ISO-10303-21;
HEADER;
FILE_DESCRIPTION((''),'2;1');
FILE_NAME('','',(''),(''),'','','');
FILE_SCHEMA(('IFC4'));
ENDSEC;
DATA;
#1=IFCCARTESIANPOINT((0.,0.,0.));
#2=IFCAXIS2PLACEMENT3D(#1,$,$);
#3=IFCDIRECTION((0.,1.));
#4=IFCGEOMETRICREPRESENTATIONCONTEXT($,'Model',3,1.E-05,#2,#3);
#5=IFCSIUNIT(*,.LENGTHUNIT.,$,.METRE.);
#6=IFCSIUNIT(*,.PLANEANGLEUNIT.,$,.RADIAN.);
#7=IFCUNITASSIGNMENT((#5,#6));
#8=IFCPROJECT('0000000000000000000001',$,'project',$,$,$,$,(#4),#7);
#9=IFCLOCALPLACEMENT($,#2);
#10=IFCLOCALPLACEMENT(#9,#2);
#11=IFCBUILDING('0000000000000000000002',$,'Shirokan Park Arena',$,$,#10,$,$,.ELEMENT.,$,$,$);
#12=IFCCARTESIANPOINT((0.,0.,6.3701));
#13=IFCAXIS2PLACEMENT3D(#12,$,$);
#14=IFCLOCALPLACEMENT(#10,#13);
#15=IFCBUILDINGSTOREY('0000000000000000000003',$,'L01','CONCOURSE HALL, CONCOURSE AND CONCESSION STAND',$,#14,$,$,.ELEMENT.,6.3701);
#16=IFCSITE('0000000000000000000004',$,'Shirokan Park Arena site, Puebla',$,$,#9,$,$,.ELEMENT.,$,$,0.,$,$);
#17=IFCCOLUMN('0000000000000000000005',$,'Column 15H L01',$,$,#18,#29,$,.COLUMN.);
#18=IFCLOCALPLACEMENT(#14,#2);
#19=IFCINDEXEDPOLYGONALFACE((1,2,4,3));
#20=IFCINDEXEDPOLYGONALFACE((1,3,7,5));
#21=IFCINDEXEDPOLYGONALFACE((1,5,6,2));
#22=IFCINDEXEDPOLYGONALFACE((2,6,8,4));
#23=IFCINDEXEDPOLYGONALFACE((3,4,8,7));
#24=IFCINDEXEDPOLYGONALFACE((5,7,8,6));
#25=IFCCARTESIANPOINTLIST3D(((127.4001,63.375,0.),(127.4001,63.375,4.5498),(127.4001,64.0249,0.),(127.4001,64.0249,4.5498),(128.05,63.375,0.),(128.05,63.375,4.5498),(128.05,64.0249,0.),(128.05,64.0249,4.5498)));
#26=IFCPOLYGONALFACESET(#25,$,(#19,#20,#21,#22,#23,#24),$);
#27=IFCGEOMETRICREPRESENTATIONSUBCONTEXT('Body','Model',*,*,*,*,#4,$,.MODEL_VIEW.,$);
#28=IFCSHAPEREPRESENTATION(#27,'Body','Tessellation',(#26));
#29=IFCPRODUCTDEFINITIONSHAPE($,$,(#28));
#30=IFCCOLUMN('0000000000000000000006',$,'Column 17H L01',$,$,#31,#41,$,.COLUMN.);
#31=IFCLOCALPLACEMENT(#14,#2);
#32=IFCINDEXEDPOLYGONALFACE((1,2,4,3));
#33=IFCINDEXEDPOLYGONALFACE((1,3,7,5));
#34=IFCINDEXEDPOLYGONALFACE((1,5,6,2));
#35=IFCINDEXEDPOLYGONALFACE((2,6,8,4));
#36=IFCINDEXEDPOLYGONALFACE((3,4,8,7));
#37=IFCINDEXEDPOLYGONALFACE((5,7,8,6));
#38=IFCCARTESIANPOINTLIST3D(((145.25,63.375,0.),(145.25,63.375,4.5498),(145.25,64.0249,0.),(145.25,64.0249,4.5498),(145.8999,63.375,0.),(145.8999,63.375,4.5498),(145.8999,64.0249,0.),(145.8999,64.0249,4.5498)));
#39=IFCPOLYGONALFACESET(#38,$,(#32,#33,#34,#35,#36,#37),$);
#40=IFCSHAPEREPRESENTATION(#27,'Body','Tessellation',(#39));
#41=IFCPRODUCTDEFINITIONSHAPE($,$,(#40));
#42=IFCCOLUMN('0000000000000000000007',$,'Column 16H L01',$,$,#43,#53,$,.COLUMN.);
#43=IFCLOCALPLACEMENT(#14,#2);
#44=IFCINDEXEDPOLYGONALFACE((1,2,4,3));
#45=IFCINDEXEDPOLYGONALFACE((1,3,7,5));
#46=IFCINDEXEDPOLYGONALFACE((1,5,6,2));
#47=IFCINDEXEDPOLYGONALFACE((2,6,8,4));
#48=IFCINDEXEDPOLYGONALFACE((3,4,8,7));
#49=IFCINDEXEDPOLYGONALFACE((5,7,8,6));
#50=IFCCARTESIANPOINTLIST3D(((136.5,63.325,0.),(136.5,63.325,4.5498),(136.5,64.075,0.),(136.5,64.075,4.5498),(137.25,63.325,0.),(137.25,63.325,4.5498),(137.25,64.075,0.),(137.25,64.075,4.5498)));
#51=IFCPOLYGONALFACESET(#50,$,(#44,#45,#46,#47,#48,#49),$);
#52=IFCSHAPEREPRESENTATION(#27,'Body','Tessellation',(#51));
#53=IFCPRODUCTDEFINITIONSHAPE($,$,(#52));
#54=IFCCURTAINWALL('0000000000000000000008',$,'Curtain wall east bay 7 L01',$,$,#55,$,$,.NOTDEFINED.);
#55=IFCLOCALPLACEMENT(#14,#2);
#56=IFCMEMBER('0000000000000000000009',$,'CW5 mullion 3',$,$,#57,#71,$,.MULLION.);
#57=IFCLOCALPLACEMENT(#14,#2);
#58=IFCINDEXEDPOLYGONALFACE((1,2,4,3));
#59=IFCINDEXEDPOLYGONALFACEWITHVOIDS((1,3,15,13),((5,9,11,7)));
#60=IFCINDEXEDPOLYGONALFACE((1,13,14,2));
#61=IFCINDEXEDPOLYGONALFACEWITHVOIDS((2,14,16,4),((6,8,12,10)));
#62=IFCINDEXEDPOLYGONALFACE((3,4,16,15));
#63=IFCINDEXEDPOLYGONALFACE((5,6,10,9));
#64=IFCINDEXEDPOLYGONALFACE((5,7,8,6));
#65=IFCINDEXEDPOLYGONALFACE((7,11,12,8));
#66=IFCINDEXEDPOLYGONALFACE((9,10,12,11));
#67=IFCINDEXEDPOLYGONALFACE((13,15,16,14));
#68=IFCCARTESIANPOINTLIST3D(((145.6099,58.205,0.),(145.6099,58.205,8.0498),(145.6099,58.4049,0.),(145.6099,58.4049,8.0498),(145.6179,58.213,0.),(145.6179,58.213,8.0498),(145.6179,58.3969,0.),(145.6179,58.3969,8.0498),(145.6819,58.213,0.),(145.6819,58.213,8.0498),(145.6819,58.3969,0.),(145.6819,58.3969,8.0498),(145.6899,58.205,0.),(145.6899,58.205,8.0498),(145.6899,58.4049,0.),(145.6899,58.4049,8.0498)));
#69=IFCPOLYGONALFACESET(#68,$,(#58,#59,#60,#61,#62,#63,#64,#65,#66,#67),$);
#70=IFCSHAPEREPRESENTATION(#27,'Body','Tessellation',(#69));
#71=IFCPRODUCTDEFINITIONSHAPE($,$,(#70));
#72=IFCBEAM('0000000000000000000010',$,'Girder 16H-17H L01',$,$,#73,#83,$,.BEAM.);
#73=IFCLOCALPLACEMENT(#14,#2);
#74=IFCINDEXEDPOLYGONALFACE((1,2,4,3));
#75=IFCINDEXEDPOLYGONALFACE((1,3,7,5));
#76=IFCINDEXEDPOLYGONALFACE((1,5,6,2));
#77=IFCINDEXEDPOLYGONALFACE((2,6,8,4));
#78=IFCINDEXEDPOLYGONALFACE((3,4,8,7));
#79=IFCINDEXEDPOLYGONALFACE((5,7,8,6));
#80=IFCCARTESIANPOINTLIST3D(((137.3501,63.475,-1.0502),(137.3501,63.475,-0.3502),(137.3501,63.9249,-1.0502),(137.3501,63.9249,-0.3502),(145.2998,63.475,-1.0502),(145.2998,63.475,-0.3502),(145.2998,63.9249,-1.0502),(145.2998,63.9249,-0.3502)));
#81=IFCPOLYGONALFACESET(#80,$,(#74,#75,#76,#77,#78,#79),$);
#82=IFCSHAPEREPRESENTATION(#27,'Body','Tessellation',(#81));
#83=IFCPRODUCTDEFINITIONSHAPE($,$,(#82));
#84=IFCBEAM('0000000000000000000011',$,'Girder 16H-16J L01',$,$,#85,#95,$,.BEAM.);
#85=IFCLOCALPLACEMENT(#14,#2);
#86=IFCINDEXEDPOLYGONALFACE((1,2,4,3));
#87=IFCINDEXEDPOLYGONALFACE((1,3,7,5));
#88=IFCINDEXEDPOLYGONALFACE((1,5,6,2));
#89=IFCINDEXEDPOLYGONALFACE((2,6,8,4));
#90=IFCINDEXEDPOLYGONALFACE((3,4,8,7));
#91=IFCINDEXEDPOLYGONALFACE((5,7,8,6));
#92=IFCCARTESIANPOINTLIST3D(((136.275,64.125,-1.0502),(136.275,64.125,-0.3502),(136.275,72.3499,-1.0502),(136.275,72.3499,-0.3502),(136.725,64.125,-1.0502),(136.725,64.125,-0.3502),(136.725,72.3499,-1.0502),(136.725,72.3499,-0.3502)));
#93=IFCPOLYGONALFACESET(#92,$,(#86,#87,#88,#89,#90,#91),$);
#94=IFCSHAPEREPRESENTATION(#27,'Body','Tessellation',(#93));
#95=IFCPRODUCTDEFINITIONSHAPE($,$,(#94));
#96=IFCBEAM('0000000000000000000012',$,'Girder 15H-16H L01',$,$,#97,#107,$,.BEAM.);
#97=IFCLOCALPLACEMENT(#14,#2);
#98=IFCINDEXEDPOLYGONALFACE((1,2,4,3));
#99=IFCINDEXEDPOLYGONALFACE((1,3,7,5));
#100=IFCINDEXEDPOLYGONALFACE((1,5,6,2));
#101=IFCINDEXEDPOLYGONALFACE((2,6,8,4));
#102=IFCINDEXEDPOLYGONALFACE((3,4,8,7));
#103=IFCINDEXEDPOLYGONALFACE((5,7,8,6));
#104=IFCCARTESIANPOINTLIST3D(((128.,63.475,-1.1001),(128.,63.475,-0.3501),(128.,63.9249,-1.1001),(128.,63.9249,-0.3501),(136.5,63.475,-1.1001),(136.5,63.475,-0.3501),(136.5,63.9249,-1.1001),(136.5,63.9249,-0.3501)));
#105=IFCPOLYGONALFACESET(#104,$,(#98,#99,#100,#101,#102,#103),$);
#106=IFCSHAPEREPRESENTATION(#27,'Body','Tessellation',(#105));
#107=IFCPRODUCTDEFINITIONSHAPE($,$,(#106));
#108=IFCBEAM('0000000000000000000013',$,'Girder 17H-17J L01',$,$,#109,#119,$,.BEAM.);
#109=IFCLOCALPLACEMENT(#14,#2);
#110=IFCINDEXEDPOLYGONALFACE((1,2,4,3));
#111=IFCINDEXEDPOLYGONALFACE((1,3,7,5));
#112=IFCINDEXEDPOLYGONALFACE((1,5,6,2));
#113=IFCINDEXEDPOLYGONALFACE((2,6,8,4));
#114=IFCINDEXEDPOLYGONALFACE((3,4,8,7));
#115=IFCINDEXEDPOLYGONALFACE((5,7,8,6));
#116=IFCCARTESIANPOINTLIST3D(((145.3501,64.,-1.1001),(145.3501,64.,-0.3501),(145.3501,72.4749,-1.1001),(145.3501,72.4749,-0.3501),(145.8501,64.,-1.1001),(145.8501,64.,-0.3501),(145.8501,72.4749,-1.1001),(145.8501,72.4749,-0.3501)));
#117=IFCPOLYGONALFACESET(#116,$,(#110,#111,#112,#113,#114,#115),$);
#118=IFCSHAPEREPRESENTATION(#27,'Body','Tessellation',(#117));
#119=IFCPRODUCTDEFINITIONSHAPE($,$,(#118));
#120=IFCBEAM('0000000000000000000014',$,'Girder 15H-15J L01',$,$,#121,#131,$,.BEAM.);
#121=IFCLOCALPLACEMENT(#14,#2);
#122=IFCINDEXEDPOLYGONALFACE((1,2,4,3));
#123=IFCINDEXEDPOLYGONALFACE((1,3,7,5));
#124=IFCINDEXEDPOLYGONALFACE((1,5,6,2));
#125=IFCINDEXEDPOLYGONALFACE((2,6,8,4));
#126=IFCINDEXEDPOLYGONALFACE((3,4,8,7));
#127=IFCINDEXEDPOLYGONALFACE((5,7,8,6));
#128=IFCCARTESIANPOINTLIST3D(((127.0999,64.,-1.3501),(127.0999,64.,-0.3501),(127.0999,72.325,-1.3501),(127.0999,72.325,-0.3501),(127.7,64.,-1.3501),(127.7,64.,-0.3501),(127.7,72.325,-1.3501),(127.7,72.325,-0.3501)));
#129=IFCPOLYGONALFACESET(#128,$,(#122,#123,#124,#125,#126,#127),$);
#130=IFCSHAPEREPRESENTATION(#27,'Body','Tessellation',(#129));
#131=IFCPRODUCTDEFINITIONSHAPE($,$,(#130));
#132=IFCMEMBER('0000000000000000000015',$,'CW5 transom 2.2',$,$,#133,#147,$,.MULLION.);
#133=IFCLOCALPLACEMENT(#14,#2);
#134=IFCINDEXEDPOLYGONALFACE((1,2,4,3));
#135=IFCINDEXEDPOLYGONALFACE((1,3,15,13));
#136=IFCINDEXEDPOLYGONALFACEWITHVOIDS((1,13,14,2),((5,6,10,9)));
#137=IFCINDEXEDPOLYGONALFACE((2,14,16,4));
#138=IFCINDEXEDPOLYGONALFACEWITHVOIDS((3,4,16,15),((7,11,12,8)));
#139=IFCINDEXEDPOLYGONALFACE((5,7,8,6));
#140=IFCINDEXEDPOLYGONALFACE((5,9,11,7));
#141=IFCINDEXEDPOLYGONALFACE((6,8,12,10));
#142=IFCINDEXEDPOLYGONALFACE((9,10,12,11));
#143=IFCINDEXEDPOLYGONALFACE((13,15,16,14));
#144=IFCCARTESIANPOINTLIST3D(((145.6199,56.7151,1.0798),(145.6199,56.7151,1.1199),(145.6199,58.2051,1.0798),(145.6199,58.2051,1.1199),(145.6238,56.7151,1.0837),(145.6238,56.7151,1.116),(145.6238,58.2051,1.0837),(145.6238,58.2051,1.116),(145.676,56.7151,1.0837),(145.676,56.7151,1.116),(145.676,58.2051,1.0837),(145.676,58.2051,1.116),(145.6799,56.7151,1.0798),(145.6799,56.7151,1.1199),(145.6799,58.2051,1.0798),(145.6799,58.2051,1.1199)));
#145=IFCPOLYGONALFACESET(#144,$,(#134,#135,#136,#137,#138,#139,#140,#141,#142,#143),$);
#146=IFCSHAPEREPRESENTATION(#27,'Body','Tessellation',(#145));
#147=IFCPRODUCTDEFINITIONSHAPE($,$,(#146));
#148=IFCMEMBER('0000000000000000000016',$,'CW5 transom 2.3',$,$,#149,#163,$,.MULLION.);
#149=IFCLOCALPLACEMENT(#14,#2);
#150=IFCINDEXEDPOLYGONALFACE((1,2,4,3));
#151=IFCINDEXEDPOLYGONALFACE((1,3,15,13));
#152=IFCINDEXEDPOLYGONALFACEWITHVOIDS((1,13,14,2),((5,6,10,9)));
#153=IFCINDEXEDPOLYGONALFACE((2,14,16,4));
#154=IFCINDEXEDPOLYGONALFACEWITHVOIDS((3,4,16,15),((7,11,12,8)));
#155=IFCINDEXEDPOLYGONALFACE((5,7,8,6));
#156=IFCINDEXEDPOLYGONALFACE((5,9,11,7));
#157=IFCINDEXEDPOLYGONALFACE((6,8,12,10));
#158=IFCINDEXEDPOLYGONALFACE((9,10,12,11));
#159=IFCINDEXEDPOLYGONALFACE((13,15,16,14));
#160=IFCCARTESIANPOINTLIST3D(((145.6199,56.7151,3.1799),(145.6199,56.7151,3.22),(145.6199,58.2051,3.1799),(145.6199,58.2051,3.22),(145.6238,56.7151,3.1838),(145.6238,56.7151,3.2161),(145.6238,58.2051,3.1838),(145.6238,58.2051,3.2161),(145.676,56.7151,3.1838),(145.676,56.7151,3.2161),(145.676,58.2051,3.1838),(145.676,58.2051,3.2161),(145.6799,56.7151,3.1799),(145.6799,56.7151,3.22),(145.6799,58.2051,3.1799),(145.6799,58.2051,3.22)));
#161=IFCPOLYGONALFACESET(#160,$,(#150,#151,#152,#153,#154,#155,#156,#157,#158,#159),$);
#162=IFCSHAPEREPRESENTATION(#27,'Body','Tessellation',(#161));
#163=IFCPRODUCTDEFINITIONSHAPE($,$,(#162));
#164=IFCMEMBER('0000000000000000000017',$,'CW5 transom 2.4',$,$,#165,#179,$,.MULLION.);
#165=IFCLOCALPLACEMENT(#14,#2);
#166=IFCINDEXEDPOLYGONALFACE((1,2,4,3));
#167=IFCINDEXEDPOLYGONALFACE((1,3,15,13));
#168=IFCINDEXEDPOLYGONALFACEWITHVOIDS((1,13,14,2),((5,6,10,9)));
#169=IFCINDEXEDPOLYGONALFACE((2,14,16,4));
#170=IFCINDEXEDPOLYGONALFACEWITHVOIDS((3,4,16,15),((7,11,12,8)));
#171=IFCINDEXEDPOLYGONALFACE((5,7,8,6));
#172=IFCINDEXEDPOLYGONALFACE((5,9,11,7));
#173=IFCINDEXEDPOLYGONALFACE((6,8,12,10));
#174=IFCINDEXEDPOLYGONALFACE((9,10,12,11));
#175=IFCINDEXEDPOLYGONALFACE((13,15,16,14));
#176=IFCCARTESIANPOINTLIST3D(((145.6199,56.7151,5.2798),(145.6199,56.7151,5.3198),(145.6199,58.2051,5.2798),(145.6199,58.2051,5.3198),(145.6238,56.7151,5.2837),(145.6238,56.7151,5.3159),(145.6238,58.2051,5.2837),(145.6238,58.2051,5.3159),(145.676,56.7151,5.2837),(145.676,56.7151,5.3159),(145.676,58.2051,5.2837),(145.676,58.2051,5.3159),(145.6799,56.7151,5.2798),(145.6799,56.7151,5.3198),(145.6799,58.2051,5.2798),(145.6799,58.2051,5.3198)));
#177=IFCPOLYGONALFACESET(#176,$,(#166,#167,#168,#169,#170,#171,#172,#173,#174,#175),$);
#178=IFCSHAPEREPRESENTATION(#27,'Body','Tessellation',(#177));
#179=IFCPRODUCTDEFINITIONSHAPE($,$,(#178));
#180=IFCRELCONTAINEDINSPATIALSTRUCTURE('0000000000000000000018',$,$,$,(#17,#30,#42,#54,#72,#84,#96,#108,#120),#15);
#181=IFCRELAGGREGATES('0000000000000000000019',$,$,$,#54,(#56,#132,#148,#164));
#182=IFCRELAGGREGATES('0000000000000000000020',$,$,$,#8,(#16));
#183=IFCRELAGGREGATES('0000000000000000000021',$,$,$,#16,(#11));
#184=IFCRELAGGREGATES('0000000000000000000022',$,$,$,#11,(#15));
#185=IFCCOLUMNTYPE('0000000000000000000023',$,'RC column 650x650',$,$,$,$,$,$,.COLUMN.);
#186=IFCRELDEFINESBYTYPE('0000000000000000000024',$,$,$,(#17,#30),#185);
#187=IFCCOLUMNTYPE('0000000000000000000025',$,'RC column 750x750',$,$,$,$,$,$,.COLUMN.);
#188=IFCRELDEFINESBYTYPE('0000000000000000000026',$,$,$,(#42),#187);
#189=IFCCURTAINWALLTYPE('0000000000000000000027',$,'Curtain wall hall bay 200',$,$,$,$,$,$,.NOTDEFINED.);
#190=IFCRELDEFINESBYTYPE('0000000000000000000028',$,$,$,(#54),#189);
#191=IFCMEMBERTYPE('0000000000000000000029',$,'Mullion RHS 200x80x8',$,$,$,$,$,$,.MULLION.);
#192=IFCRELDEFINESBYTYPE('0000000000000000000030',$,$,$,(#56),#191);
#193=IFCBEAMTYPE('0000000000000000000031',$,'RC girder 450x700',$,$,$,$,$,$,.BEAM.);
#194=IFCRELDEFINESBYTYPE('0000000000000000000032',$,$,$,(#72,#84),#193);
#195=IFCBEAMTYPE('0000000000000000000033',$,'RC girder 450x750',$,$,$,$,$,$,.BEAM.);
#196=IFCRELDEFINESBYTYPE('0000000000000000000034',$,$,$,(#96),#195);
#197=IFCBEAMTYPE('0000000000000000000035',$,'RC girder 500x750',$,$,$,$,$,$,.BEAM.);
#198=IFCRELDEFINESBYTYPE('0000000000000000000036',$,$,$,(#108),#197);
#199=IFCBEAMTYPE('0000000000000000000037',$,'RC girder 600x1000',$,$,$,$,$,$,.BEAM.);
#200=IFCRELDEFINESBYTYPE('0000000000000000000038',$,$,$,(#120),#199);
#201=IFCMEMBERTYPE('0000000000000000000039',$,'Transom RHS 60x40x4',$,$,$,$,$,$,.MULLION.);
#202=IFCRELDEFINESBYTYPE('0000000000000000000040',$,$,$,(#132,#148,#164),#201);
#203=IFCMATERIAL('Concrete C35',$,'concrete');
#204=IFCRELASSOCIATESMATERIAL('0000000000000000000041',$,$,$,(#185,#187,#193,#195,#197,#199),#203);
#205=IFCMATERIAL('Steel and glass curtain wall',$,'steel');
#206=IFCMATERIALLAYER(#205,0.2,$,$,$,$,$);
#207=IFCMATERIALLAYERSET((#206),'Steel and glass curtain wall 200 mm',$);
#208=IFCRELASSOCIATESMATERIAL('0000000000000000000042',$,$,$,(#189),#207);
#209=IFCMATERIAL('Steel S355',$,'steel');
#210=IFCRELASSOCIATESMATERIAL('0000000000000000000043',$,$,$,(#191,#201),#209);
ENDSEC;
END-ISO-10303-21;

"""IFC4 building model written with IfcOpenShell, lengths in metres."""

from ifc_helpers import new_model, si_unit, direction, frame, origin, origin_2d, place, context, subcontext, project, spatial, rectangle, hollow_rectangle, extrude, material, layer, layer_set, material_profile, profile_set, type_object, element, aggregate, save


model = new_model("IFC4")

# Units and contexts
model_context = context("Model", 3, precision=1e-05, world=origin(), true_north=direction((0.0, 1.0)))
body_context = subcontext(model_context, "Body", "Model", "MODEL_VIEW")
ifc_project = project(units=[si_unit("LENGTHUNIT", "METRE"), si_unit("PLANEANGLEUNIT", "RADIAN")], contexts=[model_context])

# Site, building, storey
site_placement = place(None, origin())
site = spatial("IfcSite", under=ifc_project, at=site_placement, Name="Shirokan Park Arena site, Puebla", CompositionType="ELEMENT", RefElevation=0.0)
building_placement = place(site_placement, origin())
building = spatial("IfcBuilding", under=site, at=building_placement, Name="Shirokan Park Arena", CompositionType="ELEMENT")
storey_placement = place(building_placement, frame((0.0, 0.0, 6.3701)))
storey = spatial("IfcBuildingStorey", under=building, at=storey_placement, Name="L01", Description="CONCOURSE HALL, CONCOURSE AND CONCESSION STAND", CompositionType="ELEMENT", Elevation=6.3701)

# Columns
ifc_material_1 = material(Name="Concrete C35", Category="concrete")
ifc_material_profile_1 = material_profile(ifc_material_1, rectangle(XDim=0.6499, YDim=0.6499, at=origin_2d()), Name="650x650")
ifc_profile_set_1 = profile_set([ifc_material_profile_1], Name="Concrete C35")
column_type_1 = type_object("IfcColumnType", Name="RC column 650x650", PredefinedType="COLUMN", material=ifc_profile_set_1)
for number, where, z_axis, x_axis, name in (
    (1, (127.7251, 63.7, 0.0), (0.0, 0.0, 1.0), (1.0, 0.0, 0.0), "Column 15H L01"),
    (2, (145.575, 63.7, 0.0), (0.0, 0.0, 1.0), (1.0, 0.0, 0.0), "Column 17H L01"),
):
    element("IfcColumn", number, at=place(storey_placement, frame(where, z_axis=z_axis, x_axis=x_axis)), inside=storey, type_object=column_type_1, Name=name, PredefinedType="COLUMN", context=body_context, shape_type="SweptSolid", body=[
        extrude(rectangle(XDim=0.6499, YDim=0.6499, at=origin_2d()), origin(), (0.0, 0.0, 1.0), 4.5498),
    ])
ifc_material_profile_2 = material_profile(ifc_material_1, rectangle(XDim=0.75, YDim=0.75, at=origin_2d()), Name="750x750")
ifc_profile_set_2 = profile_set([ifc_material_profile_2], Name="Concrete C35")
column_type_2 = type_object("IfcColumnType", Name="RC column 750x750", PredefinedType="COLUMN", material=ifc_profile_set_2)
column_placement = place(storey_placement, frame((136.875, 63.7, 0.0), z_axis=(0.0, 0.0, 1.0), x_axis=(1.0, 0.0, 0.0)))
element("IfcColumn", 3, at=column_placement, inside=storey, type_object=column_type_2, Name="Column 16H L01", PredefinedType="COLUMN", context=body_context, shape_type="SweptSolid", body=[
    extrude(rectangle(XDim=0.75, YDim=0.75, at=origin_2d()), origin(), (0.0, 0.0, 1.0), 4.5498),
])

# Curtain wall, member
ifc_material_2 = material(Name="Steel and glass curtain wall", Category="steel")
ifc_layer_1 = layer(ifc_material_2, 0.2)
ifc_layer_set_1 = layer_set([ifc_layer_1], Name="Steel and glass curtain wall 200 mm")
curtain_wall_type = type_object("IfcCurtainWallType", Name="Curtain wall hall bay 200", PredefinedType="NOTDEFINED", material=ifc_layer_set_1)
curtain_wall_placement = place(storey_placement, origin())
curtain_wall = element("IfcCurtainWall", 4, at=curtain_wall_placement, inside=storey, type_object=curtain_wall_type, Name="Curtain wall east bay 7 L01", PredefinedType="NOTDEFINED")
ifc_material_3 = material(Name="Steel S355", Category="steel")
ifc_material_profile_3 = material_profile(ifc_material_3, hollow_rectangle(XDim=0.0801, YDim=0.2, WallThickness=0.0081, at=origin_2d()), Name="RHS 200x80x8")
ifc_profile_set_3 = profile_set([ifc_material_profile_3], Name="Steel S355")
member_type_1 = type_object("IfcMemberType", Name="Mullion RHS 200x80x8", PredefinedType="MULLION", material=ifc_profile_set_3)
member_1_placement = place(storey_placement, frame((145.6499, 58.3049, 0.0), z_axis=(0.0, 0.0, 1.0), x_axis=(-1.0, 0.0, 0.0)))
member_1 = element("IfcMember", 5, at=member_1_placement, type_object=member_type_1, Name="CW5 mullion 3", PredefinedType="MULLION", context=body_context, shape_type="SweptSolid", body=[
    extrude(hollow_rectangle(XDim=0.0801, YDim=0.2, WallThickness=0.0081, at=origin_2d()), origin(), (0.0, 0.0, 1.0), 8.0498),
])

# Beams
ifc_material_profile_4 = material_profile(ifc_material_1, rectangle(XDim=0.45, YDim=0.7, at=origin_2d()), Name="450x700")
ifc_profile_set_4 = profile_set([ifc_material_profile_4], Name="Concrete C35")
beam_type_1 = type_object("IfcBeamType", Name="RC girder 450x700", PredefinedType="BEAM", material=ifc_profile_set_4)
beam_1_placement = place(storey_placement, frame((137.3501, 63.7, -0.7002), z_axis=(1.0, 0.0, 0.0), x_axis=(0.0, 1.0, 0.0)))
element("IfcBeam", 6, at=beam_1_placement, inside=storey, type_object=beam_type_1, Name="Girder 16H-17H L01", PredefinedType="BEAM", context=body_context, shape_type="SweptSolid", body=[
    extrude(rectangle(XDim=0.45, YDim=0.7, at=origin_2d()), origin(), (0.0, 0.0, 1.0), 7.9497),
])
beam_2_placement = place(storey_placement, frame((136.5, 64.125, -0.7002), z_axis=(0.0, 1.0, 0.0), x_axis=(-1.0, 0.0, 0.0)))
element("IfcBeam", 7, at=beam_2_placement, inside=storey, type_object=beam_type_1, Name="Girder 16H-16J L01", PredefinedType="BEAM", context=body_context, shape_type="SweptSolid", body=[
    extrude(rectangle(XDim=0.45, YDim=0.7, at=origin_2d()), origin(), (0.0, 0.0, 1.0), 8.2249),
])
ifc_material_profile_5 = material_profile(ifc_material_1, rectangle(XDim=0.45, YDim=0.75, at=origin_2d()), Name="450x750")
ifc_profile_set_5 = profile_set([ifc_material_profile_5], Name="Concrete C35")
beam_type_2 = type_object("IfcBeamType", Name="RC girder 450x750", PredefinedType="BEAM", material=ifc_profile_set_5)
beam_3_placement = place(storey_placement, frame((128.0, 63.7, -0.7251), z_axis=(1.0, 0.0, 0.0), x_axis=(0.0, 1.0, 0.0)))
element("IfcBeam", 8, at=beam_3_placement, inside=storey, type_object=beam_type_2, Name="Girder 15H-16H L01", PredefinedType="BEAM", context=body_context, shape_type="SweptSolid", body=[
    extrude(rectangle(XDim=0.45, YDim=0.75, at=origin_2d()), origin(), (0.0, 0.0, 1.0), 8.5),
])
ifc_material_profile_6 = material_profile(ifc_material_1, rectangle(XDim=0.5, YDim=0.75, at=origin_2d()), Name="500x750")
ifc_profile_set_6 = profile_set([ifc_material_profile_6], Name="Concrete C35")
beam_type_3 = type_object("IfcBeamType", Name="RC girder 500x750", PredefinedType="BEAM", material=ifc_profile_set_6)
beam_4_placement = place(storey_placement, frame((145.6001, 64.0, -0.7251), z_axis=(0.0, 1.0, 0.0), x_axis=(-1.0, 0.0, 0.0)))
element("IfcBeam", 9, at=beam_4_placement, inside=storey, type_object=beam_type_3, Name="Girder 17H-17J L01", PredefinedType="BEAM", context=body_context, shape_type="SweptSolid", body=[
    extrude(rectangle(XDim=0.5, YDim=0.75, at=origin_2d()), origin(), (0.0, 0.0, 1.0), 8.4749),
])
ifc_material_profile_7 = material_profile(ifc_material_1, rectangle(XDim=0.6001, YDim=1.0, at=origin_2d()), Name="600x1000")
ifc_profile_set_7 = profile_set([ifc_material_profile_7], Name="Concrete C35")
beam_type_4 = type_object("IfcBeamType", Name="RC girder 600x1000", PredefinedType="BEAM", material=ifc_profile_set_7)
beam_5_placement = place(storey_placement, frame((127.3999, 64.0, -0.8501), z_axis=(0.0, 1.0, 0.0), x_axis=(-1.0, 0.0, 0.0)))
element("IfcBeam", 10, at=beam_5_placement, inside=storey, type_object=beam_type_4, Name="Girder 15H-15J L01", PredefinedType="BEAM", context=body_context, shape_type="SweptSolid", body=[
    extrude(rectangle(XDim=0.6001, YDim=1.0, at=origin_2d()), origin(), (0.0, 0.0, 1.0), 8.325),
])

# Members
ifc_material_profile_8 = material_profile(ifc_material_3, hollow_rectangle(XDim=0.0601, YDim=0.04, WallThickness=0.0039, at=origin_2d()), Name="RHS 60x40x4")
ifc_profile_set_8 = profile_set([ifc_material_profile_8], Name="Steel S355")
member_type_2 = type_object("IfcMemberType", Name="Transom RHS 60x40x4", PredefinedType="MULLION", material=ifc_profile_set_8)
member_2_placement = place(storey_placement, frame((145.6499, 56.7151, 1.0999), z_axis=(0.0, 1.0, 0.0), x_axis=(-1.0, 0.0, 0.0)))
member_2 = element("IfcMember", 11, at=member_2_placement, type_object=member_type_2, Name="CW5 transom 2.2", PredefinedType="MULLION", context=body_context, shape_type="SweptSolid", body=[
    extrude(hollow_rectangle(XDim=0.0601, YDim=0.04, WallThickness=0.0039, at=origin_2d()), origin(), (0.0, 0.0, 1.0), 1.49),
])
member_3_placement = place(storey_placement, frame((145.6499, 56.7151, 3.2), z_axis=(0.0, 1.0, 0.0), x_axis=(-1.0, 0.0, 0.0)))
member_3 = element("IfcMember", 12, at=member_3_placement, type_object=member_type_2, Name="CW5 transom 2.3", PredefinedType="MULLION", context=body_context, shape_type="SweptSolid", body=[
    extrude(hollow_rectangle(XDim=0.0601, YDim=0.04, WallThickness=0.0039, at=origin_2d()), origin(), (0.0, 0.0, 1.0), 1.49),
])
member_4_placement = place(storey_placement, frame((145.6499, 56.7151, 5.2998), z_axis=(0.0, 1.0, 0.0), x_axis=(-1.0, 0.0, 0.0)))
member_4 = element("IfcMember", 13, at=member_4_placement, type_object=member_type_2, Name="CW5 transom 2.4", PredefinedType="MULLION", context=body_context, shape_type="SweptSolid", body=[
    extrude(hollow_rectangle(XDim=0.0601, YDim=0.04, WallThickness=0.0039, at=origin_2d()), origin(), (0.0, 0.0, 1.0), 1.49),
])

aggregate(curtain_wall, [member_1, member_2, member_3, member_4])

save(model, "model.ifc")
